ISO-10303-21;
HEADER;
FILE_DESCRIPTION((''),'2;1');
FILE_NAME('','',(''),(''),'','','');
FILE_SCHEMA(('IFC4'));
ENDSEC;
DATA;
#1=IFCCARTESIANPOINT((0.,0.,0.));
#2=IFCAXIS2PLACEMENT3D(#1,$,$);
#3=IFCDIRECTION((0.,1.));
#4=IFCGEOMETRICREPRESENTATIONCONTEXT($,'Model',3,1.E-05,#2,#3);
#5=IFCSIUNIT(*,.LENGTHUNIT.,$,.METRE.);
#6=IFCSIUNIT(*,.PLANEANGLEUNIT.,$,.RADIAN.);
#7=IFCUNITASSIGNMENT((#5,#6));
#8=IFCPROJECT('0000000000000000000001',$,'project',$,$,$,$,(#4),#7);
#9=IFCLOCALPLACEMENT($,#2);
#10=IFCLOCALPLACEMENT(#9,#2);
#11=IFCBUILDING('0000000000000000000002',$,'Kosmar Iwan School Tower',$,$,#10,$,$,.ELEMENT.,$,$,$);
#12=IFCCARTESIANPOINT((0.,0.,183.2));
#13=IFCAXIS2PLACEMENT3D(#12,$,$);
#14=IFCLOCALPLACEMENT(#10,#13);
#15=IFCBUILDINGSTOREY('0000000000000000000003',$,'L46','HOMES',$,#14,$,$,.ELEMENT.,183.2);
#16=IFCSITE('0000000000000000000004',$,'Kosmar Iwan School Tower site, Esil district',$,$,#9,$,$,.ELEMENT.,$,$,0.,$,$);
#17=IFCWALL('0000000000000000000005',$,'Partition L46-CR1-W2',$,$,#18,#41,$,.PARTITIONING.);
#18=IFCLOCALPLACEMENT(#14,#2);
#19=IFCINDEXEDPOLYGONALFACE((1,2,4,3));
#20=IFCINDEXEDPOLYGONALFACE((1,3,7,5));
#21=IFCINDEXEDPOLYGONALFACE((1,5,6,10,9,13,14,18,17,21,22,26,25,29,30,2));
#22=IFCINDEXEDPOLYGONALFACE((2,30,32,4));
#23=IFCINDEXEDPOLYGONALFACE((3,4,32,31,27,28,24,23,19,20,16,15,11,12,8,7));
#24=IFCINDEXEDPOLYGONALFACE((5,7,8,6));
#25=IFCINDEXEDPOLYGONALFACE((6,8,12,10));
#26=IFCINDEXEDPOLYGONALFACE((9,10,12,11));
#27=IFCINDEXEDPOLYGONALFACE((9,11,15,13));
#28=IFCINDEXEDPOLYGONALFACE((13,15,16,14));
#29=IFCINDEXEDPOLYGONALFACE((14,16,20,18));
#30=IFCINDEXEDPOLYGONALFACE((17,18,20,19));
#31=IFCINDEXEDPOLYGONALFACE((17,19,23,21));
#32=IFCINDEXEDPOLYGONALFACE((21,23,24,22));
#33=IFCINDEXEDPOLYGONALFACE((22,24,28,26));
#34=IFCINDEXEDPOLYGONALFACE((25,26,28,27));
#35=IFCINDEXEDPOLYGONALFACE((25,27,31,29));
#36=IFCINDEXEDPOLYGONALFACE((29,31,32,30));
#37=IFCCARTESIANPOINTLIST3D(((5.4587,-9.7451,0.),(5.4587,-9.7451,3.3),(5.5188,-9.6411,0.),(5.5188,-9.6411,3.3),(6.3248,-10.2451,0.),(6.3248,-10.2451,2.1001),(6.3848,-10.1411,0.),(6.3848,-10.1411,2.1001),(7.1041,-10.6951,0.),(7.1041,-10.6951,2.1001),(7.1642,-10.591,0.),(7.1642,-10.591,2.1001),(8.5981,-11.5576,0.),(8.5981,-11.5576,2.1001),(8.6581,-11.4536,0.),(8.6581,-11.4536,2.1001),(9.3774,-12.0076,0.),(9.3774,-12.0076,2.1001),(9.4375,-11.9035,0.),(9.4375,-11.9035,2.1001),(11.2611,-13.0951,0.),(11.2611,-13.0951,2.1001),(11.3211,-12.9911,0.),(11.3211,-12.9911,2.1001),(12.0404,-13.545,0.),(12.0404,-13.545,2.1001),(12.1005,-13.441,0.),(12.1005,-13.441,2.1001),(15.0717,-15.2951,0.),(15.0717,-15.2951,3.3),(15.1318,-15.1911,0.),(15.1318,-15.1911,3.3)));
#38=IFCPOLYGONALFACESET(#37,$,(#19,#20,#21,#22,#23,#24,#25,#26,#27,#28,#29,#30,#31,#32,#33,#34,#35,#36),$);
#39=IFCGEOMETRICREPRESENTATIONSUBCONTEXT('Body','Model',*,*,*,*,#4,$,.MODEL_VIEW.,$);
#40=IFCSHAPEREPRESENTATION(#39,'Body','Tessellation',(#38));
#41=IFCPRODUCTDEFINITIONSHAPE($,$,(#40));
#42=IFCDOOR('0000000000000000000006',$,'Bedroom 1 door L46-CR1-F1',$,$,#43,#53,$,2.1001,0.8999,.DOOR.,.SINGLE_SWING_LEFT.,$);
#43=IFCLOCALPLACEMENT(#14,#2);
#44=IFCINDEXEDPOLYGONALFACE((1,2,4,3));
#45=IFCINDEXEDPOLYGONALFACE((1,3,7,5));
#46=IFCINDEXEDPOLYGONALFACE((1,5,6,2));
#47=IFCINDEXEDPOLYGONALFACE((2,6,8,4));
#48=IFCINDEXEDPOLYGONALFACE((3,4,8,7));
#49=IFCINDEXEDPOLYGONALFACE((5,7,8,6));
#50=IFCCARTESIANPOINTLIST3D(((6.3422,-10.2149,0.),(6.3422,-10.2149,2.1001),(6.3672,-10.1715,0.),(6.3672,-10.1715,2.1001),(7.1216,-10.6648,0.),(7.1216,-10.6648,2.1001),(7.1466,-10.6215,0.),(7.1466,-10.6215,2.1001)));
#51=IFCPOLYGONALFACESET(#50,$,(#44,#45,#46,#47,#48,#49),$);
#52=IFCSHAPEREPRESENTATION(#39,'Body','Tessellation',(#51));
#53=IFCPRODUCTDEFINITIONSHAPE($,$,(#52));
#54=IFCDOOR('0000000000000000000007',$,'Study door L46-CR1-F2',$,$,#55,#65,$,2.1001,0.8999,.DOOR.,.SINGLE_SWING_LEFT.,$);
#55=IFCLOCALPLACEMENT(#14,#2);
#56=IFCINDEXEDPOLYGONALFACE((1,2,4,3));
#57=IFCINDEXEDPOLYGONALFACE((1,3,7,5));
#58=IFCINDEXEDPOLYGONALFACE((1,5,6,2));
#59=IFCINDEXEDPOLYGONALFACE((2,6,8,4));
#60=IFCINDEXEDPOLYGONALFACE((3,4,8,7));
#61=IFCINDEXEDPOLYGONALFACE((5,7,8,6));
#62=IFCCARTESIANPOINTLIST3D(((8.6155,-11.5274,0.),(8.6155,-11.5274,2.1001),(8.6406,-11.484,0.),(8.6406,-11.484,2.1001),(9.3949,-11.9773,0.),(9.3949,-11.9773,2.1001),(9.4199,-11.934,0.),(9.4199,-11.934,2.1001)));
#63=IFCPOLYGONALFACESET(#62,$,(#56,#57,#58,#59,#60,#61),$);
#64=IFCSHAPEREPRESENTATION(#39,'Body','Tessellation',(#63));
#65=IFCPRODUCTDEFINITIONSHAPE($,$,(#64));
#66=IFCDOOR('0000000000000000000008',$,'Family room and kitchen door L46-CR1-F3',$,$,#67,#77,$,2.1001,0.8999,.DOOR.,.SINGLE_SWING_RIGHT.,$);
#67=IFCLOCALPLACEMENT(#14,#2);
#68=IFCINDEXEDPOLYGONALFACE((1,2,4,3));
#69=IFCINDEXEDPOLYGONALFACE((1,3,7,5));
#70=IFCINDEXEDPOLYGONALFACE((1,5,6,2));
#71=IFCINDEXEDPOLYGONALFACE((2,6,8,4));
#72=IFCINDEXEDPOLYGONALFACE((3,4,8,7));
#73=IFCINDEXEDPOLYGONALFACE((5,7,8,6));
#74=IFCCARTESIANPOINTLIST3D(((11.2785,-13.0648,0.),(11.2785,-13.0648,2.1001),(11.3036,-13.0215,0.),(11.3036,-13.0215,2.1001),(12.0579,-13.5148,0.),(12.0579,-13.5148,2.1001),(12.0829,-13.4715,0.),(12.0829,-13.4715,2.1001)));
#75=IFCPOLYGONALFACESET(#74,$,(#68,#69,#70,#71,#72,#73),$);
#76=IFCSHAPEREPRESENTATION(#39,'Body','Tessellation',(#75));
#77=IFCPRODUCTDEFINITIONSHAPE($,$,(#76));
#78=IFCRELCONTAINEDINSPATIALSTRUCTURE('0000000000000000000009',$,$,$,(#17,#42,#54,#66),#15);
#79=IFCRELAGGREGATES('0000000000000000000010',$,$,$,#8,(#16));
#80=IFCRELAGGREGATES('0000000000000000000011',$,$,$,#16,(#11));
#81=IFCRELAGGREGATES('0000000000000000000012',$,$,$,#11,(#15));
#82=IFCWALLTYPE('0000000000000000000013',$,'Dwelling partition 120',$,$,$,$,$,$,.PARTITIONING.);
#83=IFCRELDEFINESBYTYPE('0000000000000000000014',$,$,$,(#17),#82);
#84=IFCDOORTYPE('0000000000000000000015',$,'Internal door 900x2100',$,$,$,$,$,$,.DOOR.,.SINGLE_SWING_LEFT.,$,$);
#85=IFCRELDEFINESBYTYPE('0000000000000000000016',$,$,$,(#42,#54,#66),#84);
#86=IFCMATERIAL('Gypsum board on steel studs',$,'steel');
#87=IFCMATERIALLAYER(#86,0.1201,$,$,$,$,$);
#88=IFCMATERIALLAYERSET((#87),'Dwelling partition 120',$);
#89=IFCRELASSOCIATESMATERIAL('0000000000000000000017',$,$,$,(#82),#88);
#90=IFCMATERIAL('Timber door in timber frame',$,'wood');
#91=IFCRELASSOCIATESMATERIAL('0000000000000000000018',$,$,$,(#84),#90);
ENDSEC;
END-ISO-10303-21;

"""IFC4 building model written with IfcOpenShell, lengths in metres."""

from ifc_helpers import new_model, si_unit, direction, frame, frame_2d, origin, place, context, subcontext, project, spatial, rectangle, extrude, material, layer, layer_set, type_object, element, fill, save


model = new_model("IFC4")

# Units and contexts
model_context = context("Model", 3, precision=1e-05, world=origin(), true_north=direction((0.0, 1.0)))
body_context = subcontext(model_context, "Body", "Model", "MODEL_VIEW")
ifc_project = project(units=[si_unit("LENGTHUNIT", "METRE"), si_unit("PLANEANGLEUNIT", "RADIAN")], contexts=[model_context])

# Site, building, storey
site_placement = place(None, origin())
site = spatial("IfcSite", under=ifc_project, at=site_placement, Name="Kosmar Iwan School Tower site, Esil district", CompositionType="ELEMENT", RefElevation=0.0)
building_placement = place(site_placement, origin())
building = spatial("IfcBuilding", under=site, at=building_placement, Name="Kosmar Iwan School Tower", CompositionType="ELEMENT")
storey_placement = place(building_placement, frame((0.0, 0.0, 183.2)))
storey = spatial("IfcBuildingStorey", under=building, at=storey_placement, Name="L46", Description="HOMES", CompositionType="ELEMENT", Elevation=183.2)

# Wall, openings, doors
ifc_material_1 = material(Name="Gypsum board on steel studs", Category="steel")
ifc_layer_1 = layer(ifc_material_1, 0.1201)
ifc_layer_set_1 = layer_set([ifc_layer_1], Name="Dwelling partition 120")
wall_type_1 = type_object("IfcWallType", Name="Dwelling partition 120", PredefinedType="PARTITIONING", material=ifc_layer_set_1)
wall_1_placement = place(storey_placement, frame((5.4888, -9.6931, 0.0), z_axis=(0.0, 0.0, 1.0), x_axis=(0.866027, -0.499997, 0.0)))
wall_1 = element("IfcWall", 1, at=wall_1_placement, inside=storey, type_object=wall_type_1, Name="Partition L46-CR1-W2", PredefinedType="PARTITIONING", context=body_context, shape_type="SweptSolid", body=[
    extrude(rectangle(XDim=11.1001, YDim=0.1201, at=frame_2d((5.55, 0.0))), origin(), (0.0, 0.0, 1.0), 3.3),
])
opening_1_placement = place(wall_1_placement, frame((1.0, 0.0, 0.0)))
opening_1 = element("IfcOpeningElement", 2, at=opening_1_placement, cuts=wall_1, PredefinedType="OPENING", context=body_context, shape_type="SweptSolid", body=[
    extrude(rectangle(XDim=0.8999, YDim=2.1001, at=frame_2d((0.45, 1.05))), frame((0.0, 0.072, 0.0), z_axis=(0.0, -1.0, 0.0), x_axis=(1.0, 0.0, 0.0)), (0.0, 0.0, 1.0), 0.144),
])
opening_2_placement = place(wall_1_placement, frame((3.625, 0.0, 0.0)))
opening_2 = element("IfcOpeningElement", 3, at=opening_2_placement, cuts=wall_1, PredefinedType="OPENING", context=body_context, shape_type="SweptSolid", body=[
    extrude(rectangle(XDim=0.8999, YDim=2.1001, at=frame_2d((0.45, 1.05))), frame((0.0, 0.072, 0.0), z_axis=(0.0, -1.0, 0.0), x_axis=(1.0, 0.0, 0.0)), (0.0, 0.0, 1.0), 0.144),
])
opening_3_placement = place(wall_1_placement, frame((6.7, 0.0, 0.0)))
opening_3 = element("IfcOpeningElement", 4, at=opening_3_placement, cuts=wall_1, PredefinedType="OPENING", context=body_context, shape_type="SweptSolid", body=[
    extrude(rectangle(XDim=0.8999, YDim=2.1001, at=frame_2d((0.45, 1.05))), frame((0.0, 0.072, 0.0), z_axis=(0.0, -1.0, 0.0), x_axis=(1.0, 0.0, 0.0)), (0.0, 0.0, 1.0), 0.144),
])
ifc_material_2 = material(Name="Timber door in timber frame", Category="wood")
door_type = type_object("IfcDoorType", Name="Internal door 900x2100", OperationType="SINGLE_SWING_LEFT", PredefinedType="DOOR", material=ifc_material_2)
door_1_placement = place(opening_1_placement, origin())
door_1 = element("IfcDoor", 5, at=door_1_placement, inside=storey, type_object=door_type, Name="Bedroom 1 door L46-CR1-F1", OperationType="SINGLE_SWING_LEFT", OverallHeight=2.1001, OverallWidth=0.8999, PredefinedType="DOOR", context=body_context, shape_type="SweptSolid", body=[
    extrude(rectangle(XDim=0.8999, YDim=2.1001, at=frame_2d((0.45, 1.05))), frame((0.0, 0.0249, 0.0), z_axis=(0.0, -1.0, 0.0), x_axis=(1.0, 0.0, 0.0)), (0.0, 0.0, 1.0), 0.05),
])
fill(opening_1, door_1)
door_2_placement = place(opening_2_placement, origin())
door_2 = element("IfcDoor", 6, at=door_2_placement, inside=storey, type_object=door_type, Name="Study door L46-CR1-F2", OperationType="SINGLE_SWING_LEFT", OverallHeight=2.1001, OverallWidth=0.8999, PredefinedType="DOOR", context=body_context, shape_type="SweptSolid", body=[
    extrude(rectangle(XDim=0.8999, YDim=2.1001, at=frame_2d((0.45, 1.05))), frame((0.0, 0.0249, 0.0), z_axis=(0.0, -1.0, 0.0), x_axis=(1.0, 0.0, 0.0)), (0.0, 0.0, 1.0), 0.05),
])
fill(opening_2, door_2)
door_3_placement = place(opening_3_placement, origin())
door_3 = element("IfcDoor", 7, at=door_3_placement, inside=storey, type_object=door_type, Name="Family room and kitchen door L46-CR1-F3", OperationType="SINGLE_SWING_RIGHT", OverallHeight=2.1001, OverallWidth=0.8999, PredefinedType="DOOR", context=body_context, shape_type="SweptSolid", body=[
    extrude(rectangle(XDim=0.8999, YDim=2.1001, at=frame_2d((0.45, 1.05))), frame((0.0, 0.0249, 0.0), z_axis=(0.0, -1.0, 0.0), x_axis=(1.0, 0.0, 0.0)), (0.0, 0.0, 1.0), 0.05),
])
fill(opening_3, door_3)

save(model, "model.ifc")
